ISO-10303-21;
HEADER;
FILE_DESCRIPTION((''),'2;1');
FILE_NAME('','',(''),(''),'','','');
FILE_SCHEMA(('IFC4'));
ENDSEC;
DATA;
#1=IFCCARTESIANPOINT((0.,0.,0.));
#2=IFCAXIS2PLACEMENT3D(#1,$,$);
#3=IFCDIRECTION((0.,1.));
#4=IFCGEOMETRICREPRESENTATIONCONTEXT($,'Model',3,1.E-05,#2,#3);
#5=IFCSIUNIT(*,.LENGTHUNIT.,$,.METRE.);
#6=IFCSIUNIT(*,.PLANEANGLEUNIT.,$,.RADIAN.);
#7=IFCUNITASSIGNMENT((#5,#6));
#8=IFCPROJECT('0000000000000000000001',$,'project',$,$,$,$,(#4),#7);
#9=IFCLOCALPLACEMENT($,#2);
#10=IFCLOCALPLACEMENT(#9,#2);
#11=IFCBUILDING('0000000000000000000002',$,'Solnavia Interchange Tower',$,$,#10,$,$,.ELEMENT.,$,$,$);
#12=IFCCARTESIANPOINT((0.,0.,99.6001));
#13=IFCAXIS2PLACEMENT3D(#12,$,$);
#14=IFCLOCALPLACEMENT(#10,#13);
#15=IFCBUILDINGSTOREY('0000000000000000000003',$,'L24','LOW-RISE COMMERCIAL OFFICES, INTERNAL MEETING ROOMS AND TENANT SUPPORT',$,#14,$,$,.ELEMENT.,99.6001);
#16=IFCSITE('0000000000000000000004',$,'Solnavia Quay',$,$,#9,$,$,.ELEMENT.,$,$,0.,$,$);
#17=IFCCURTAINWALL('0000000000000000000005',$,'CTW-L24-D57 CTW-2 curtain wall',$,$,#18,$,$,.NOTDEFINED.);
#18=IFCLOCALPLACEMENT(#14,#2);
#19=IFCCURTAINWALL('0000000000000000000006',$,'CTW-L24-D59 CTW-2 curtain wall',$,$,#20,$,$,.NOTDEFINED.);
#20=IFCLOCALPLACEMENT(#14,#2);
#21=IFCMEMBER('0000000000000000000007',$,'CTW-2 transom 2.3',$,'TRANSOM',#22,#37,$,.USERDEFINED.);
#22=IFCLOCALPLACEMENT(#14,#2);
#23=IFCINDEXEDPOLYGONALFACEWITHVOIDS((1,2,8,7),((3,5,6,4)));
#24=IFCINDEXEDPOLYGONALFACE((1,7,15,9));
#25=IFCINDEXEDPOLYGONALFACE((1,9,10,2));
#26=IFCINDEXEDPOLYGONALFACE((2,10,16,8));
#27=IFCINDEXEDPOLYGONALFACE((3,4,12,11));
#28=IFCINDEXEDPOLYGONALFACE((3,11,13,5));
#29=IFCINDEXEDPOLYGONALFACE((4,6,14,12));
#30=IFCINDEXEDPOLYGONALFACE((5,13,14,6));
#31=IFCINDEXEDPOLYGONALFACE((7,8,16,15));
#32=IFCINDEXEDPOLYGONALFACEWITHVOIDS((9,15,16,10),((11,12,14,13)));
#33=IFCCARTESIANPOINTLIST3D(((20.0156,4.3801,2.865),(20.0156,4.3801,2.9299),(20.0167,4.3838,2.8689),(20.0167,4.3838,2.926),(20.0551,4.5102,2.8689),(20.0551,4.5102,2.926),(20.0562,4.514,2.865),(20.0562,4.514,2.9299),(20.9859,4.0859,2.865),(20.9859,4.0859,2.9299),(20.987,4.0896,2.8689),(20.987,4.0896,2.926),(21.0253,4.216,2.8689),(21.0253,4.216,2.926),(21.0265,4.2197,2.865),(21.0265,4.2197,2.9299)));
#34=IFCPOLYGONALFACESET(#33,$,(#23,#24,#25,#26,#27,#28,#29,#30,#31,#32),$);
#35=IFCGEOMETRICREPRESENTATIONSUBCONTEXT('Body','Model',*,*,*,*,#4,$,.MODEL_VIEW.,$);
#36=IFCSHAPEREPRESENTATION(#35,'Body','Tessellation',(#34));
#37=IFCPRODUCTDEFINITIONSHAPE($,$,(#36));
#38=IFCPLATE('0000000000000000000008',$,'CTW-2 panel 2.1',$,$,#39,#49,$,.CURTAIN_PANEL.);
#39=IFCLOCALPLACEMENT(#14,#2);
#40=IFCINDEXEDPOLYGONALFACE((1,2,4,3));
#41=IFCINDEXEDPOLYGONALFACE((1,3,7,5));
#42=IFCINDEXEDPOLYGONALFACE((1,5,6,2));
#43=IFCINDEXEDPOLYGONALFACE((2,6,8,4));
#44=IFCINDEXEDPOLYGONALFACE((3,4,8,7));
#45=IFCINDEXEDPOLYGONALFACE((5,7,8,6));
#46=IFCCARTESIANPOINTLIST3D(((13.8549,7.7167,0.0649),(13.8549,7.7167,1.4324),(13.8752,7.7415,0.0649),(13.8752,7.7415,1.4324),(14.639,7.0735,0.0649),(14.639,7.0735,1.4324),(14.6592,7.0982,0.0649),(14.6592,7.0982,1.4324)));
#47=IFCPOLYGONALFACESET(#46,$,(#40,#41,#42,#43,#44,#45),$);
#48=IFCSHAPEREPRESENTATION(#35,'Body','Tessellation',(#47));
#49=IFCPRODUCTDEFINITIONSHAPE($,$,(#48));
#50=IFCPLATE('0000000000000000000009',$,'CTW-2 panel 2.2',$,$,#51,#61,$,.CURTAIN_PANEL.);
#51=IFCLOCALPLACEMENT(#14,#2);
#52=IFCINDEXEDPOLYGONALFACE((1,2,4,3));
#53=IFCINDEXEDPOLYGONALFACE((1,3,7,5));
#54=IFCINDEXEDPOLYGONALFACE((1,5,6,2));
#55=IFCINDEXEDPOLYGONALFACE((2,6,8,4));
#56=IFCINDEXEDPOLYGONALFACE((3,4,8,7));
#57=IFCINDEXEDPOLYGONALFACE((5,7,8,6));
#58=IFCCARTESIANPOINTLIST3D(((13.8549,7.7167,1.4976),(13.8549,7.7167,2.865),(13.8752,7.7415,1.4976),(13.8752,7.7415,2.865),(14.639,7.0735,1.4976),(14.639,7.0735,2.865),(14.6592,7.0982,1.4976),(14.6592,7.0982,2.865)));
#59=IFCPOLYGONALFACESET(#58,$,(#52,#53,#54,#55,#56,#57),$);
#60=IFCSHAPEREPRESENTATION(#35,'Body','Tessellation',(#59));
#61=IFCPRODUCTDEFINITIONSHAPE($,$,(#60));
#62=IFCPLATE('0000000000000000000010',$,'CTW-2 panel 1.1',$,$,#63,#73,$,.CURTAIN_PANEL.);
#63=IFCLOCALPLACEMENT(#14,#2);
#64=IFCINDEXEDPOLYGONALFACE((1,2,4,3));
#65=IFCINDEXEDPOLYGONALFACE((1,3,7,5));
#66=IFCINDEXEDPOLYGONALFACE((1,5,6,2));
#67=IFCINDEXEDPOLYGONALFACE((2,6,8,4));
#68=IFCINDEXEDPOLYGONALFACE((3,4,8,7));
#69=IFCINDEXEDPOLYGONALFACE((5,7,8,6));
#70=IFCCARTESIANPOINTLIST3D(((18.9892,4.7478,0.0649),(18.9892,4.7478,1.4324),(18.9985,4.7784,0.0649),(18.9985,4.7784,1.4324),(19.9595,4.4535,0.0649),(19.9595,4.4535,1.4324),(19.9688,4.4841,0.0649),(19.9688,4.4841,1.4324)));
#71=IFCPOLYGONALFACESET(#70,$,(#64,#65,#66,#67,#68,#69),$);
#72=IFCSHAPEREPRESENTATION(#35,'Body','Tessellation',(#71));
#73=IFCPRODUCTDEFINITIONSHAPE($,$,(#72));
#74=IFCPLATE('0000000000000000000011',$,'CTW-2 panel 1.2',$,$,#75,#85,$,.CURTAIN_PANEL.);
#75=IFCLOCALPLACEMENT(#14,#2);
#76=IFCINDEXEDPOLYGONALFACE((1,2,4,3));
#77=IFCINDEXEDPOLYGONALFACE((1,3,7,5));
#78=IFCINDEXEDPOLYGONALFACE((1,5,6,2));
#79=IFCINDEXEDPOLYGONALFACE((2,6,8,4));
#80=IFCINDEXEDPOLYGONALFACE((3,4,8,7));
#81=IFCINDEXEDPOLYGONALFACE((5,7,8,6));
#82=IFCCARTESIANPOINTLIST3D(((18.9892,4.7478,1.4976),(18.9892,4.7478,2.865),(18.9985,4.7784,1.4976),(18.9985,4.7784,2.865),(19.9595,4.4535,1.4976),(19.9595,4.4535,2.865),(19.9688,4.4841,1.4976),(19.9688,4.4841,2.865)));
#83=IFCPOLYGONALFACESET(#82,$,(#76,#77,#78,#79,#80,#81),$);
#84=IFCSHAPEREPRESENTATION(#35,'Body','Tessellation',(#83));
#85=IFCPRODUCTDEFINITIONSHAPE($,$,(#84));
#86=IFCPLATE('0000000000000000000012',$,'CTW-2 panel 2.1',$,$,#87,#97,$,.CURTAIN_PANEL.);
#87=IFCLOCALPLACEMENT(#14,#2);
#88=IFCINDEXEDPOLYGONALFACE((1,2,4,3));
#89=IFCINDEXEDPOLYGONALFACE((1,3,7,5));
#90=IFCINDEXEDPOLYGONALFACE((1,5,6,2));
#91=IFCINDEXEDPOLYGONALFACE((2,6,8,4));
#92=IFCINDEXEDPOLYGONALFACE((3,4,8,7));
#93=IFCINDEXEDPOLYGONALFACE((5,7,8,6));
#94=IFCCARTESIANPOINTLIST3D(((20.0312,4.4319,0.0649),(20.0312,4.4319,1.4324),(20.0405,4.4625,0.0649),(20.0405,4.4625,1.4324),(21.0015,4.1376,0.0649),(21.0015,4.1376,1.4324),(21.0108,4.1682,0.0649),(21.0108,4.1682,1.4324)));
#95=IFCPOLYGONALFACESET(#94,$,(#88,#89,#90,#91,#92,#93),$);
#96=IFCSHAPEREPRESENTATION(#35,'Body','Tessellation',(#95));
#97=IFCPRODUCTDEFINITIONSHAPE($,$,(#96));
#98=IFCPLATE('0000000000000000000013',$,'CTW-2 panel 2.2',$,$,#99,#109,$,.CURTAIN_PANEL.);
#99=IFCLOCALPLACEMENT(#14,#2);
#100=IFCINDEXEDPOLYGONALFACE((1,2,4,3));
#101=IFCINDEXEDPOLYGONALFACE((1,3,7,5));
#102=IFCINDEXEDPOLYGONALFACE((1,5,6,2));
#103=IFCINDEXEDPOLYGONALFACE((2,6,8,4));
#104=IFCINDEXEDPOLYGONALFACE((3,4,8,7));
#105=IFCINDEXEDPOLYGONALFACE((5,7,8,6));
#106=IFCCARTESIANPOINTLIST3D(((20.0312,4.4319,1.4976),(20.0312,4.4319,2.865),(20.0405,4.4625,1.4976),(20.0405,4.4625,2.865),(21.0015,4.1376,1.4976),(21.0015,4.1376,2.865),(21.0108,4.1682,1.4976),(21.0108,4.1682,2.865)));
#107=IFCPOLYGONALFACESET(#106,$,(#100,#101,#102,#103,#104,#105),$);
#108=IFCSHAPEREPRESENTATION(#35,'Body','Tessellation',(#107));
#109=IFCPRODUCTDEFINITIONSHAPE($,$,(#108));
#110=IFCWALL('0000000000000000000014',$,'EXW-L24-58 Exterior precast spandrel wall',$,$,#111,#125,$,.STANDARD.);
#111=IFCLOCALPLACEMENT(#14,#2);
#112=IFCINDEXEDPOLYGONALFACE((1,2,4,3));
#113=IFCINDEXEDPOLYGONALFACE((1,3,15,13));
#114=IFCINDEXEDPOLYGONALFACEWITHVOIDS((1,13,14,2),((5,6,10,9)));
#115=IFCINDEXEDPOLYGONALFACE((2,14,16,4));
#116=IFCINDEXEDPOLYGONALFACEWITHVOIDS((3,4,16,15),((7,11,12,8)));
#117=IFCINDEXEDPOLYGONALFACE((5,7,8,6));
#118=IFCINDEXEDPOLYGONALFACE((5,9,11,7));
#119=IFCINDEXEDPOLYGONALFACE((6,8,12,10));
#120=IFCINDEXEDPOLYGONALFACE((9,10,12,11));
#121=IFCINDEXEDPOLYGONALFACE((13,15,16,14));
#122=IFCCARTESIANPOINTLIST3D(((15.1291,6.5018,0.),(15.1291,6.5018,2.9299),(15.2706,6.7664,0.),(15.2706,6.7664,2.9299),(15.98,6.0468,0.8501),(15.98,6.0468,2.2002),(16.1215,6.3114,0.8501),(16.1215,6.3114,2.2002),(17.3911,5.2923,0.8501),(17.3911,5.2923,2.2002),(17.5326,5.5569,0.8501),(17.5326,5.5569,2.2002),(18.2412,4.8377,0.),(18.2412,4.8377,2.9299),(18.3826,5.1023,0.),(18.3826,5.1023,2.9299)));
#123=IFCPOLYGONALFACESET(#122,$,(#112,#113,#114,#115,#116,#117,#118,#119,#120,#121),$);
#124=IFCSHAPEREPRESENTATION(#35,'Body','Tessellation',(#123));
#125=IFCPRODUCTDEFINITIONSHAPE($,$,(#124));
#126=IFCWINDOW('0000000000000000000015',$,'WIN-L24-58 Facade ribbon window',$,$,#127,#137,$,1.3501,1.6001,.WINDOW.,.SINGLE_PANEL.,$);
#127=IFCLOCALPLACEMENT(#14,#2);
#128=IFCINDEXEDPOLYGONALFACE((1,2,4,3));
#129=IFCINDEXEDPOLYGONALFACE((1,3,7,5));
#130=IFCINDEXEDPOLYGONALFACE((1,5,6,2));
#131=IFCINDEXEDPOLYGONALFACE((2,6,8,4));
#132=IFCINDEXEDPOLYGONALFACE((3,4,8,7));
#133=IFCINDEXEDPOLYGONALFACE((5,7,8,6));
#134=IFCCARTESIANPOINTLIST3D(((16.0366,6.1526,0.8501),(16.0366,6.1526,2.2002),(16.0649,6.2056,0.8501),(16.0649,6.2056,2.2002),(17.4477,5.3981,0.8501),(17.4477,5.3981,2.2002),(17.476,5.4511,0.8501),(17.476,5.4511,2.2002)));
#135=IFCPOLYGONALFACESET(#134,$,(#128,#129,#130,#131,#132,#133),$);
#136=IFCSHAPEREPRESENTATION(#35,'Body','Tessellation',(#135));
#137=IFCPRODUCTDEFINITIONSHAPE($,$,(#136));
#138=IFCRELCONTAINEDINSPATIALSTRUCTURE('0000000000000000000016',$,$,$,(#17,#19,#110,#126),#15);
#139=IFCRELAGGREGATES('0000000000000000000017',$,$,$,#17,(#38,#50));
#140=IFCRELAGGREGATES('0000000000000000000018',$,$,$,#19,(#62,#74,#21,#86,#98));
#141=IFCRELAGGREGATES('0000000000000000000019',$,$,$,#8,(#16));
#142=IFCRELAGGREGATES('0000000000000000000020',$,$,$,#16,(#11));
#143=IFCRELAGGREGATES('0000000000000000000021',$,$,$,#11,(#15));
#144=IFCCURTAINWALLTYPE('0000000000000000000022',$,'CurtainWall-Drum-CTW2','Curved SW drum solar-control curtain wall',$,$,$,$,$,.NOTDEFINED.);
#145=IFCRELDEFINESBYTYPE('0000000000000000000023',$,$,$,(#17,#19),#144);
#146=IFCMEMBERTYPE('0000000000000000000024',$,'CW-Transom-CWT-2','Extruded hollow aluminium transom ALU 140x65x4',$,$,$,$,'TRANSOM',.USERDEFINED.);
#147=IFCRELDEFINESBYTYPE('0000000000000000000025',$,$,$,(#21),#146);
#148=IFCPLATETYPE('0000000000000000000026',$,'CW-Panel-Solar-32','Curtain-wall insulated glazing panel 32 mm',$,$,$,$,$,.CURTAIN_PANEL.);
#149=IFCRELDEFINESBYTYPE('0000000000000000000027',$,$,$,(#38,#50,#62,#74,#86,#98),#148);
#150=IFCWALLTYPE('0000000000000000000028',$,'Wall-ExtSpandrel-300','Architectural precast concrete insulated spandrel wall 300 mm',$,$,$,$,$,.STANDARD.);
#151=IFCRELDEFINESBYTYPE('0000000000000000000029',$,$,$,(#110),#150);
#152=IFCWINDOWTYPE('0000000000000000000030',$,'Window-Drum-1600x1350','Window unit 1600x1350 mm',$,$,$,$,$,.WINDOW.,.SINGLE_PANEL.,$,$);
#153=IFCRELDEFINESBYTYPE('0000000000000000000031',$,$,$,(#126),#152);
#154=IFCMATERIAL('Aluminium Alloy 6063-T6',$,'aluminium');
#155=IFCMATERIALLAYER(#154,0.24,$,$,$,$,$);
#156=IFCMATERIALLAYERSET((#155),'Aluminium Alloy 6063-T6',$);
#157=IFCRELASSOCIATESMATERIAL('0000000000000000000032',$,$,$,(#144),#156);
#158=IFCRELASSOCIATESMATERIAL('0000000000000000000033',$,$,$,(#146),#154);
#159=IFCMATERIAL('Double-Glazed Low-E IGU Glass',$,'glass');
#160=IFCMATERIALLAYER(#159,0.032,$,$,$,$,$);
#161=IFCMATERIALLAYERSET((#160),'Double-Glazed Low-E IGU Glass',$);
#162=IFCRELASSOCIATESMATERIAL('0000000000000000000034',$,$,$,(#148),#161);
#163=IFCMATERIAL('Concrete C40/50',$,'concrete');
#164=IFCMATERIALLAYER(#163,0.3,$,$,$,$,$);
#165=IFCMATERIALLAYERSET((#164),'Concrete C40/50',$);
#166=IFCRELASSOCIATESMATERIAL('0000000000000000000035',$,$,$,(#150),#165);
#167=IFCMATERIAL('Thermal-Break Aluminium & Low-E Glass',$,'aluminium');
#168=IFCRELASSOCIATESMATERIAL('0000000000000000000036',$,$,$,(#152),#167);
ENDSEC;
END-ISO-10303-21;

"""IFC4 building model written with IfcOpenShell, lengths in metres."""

from ifc_helpers import new_model, si_unit, direction, frame, frame_2d, origin, origin_2d, place, context, subcontext, project, spatial, rectangle, hollow_rectangle, extrude, material, layer, layer_set, material_profile, profile_set, type_object, element, fill, aggregate, save


model = new_model("IFC4")

# Units and contexts
model_context = context("Model", 3, precision=1e-05, world=origin(), true_north=direction((0.0, 1.0)))
body_context = subcontext(model_context, "Body", "Model", "MODEL_VIEW")
ifc_project = project(units=[si_unit("LENGTHUNIT", "METRE"), si_unit("PLANEANGLEUNIT", "RADIAN")], contexts=[model_context])

# Site, building, storey
site_placement = place(None, origin())
site = spatial("IfcSite", under=ifc_project, at=site_placement, Name="Solnavia Quay", CompositionType="ELEMENT", RefElevation=0.0)
building_placement = place(site_placement, origin())
building = spatial("IfcBuilding", under=site, at=building_placement, Name="Solnavia Interchange Tower", CompositionType="ELEMENT")
storey_placement = place(building_placement, frame((0.0, 0.0, 99.6001)))
storey = spatial("IfcBuildingStorey", under=building, at=storey_placement, Name="L24", Description="LOW-RISE COMMERCIAL OFFICES, INTERNAL MEETING ROOMS AND TENANT SUPPORT", CompositionType="ELEMENT", Elevation=99.6001)

# Curtain wall
ifc_material_1 = material(Name="Aluminium Alloy 6063-T6", Category="aluminium")
ifc_layer_1 = layer(ifc_material_1, 0.24)
ifc_layer_set_1 = layer_set([ifc_layer_1], Name="Aluminium Alloy 6063-T6")
curtain_wall_type = type_object("IfcCurtainWallType", Name="CurtainWall-Drum-CTW2", Description="Curved SW drum solar-control curtain wall", PredefinedType="NOTDEFINED", material=ifc_layer_set_1)
curtain_wall_1_placement = place(storey_placement, origin())
curtain_wall_1 = element("IfcCurtainWall", 1, at=curtain_wall_1_placement, inside=storey, type_object=curtain_wall_type, Name="CTW-L24-D57 CTW-2 curtain wall", PredefinedType="NOTDEFINED")

# Curtain wall, member
curtain_wall_2_placement = place(storey_placement, origin())
curtain_wall_2 = element("IfcCurtainWall", 2, at=curtain_wall_2_placement, inside=storey, type_object=curtain_wall_type, Name="CTW-L24-D59 CTW-2 curtain wall", PredefinedType="NOTDEFINED")
ifc_material_profile_1 = material_profile(ifc_material_1, hollow_rectangle(XDim=0.0649, YDim=0.1399, WallThickness=0.0039, at=origin_2d()), Name="ALU 140x65x4")
ifc_profile_set_1 = profile_set([ifc_material_profile_1], Name="Aluminium Alloy 6063-T6")
member_type_1 = type_object("IfcMemberType", Name="CW-Transom-CWT-2", Description="Extruded hollow aluminium transom ALU 140x65x4", ElementType="TRANSOM", PredefinedType="USERDEFINED", material=ifc_profile_set_1)
member_1_placement = place(storey_placement, frame((20.0359, 4.447, 2.8975), z_axis=(0.956974, -0.290174, 0.0), x_axis=(0.0, 0.0, 1.0)))
member_1 = element("IfcMember", 3, at=member_1_placement, type_object=member_type_1, Name="CTW-2 transom 2.3", ObjectType="TRANSOM", PredefinedType="USERDEFINED", context=body_context, shape_type="SweptSolid", body=[
    extrude(hollow_rectangle(XDim=0.0649, YDim=0.1399, WallThickness=0.0039, at=origin_2d()), origin(), (0.0, 0.0, 1.0), 1.0139),
])

# Plates
ifc_material_2 = material(Name="Double-Glazed Low-E IGU Glass", Category="glass")
ifc_layer_2 = layer(ifc_material_2, 0.032)
ifc_layer_set_2 = layer_set([ifc_layer_2], Name="Double-Glazed Low-E IGU Glass")
plate_type = type_object("IfcPlateType", Name="CW-Panel-Solar-32", Description="Curtain-wall insulated glazing panel 32 mm", PredefinedType="CURTAIN_PANEL", material=ifc_layer_set_2)
plate_1_placement = place(storey_placement, frame((14.2571, 7.4075, 0.0649), z_axis=(0.0, 0.0, 1.0), x_axis=(0.773095, -0.634291, 0.0)))
plate_1 = element("IfcPlate", 4, at=plate_1_placement, type_object=plate_type, Name="CTW-2 panel 2.1", PredefinedType="CURTAIN_PANEL", context=body_context, shape_type="SweptSolid", body=[
    extrude(rectangle(XDim=1.0142, YDim=0.032, at=origin_2d()), origin(), (0.0, 0.0, 1.0), 1.3674),
])
plate_2_placement = place(storey_placement, frame((14.2571, 7.4075, 1.4976), z_axis=(0.0, 0.0, 1.0), x_axis=(0.773095, -0.634291, 0.0)))
plate_2 = element("IfcPlate", 5, at=plate_2_placement, type_object=plate_type, Name="CTW-2 panel 2.2", PredefinedType="CURTAIN_PANEL", context=body_context, shape_type="SweptSolid", body=[
    extrude(rectangle(XDim=1.0142, YDim=0.032, at=origin_2d()), origin(), (0.0, 0.0, 1.0), 1.3674),
])
aggregate(curtain_wall_1, [plate_1, plate_2])
plate_3_placement = place(storey_placement, frame((19.479, 4.616, 0.0649), z_axis=(0.0, 0.0, 1.0), x_axis=(0.956935, -0.290303, 0.0)))
plate_3 = element("IfcPlate", 6, at=plate_3_placement, type_object=plate_type, Name="CTW-2 panel 1.1", PredefinedType="CURTAIN_PANEL", context=body_context, shape_type="SweptSolid", body=[
    extrude(rectangle(XDim=1.0139, YDim=0.032, at=origin_2d()), origin(), (0.0, 0.0, 1.0), 1.3674),
])
plate_4_placement = place(storey_placement, frame((19.479, 4.616, 1.4976), z_axis=(0.0, 0.0, 1.0), x_axis=(0.956935, -0.290303, 0.0)))
plate_4 = element("IfcPlate", 7, at=plate_4_placement, type_object=plate_type, Name="CTW-2 panel 1.2", PredefinedType="CURTAIN_PANEL", context=body_context, shape_type="SweptSolid", body=[
    extrude(rectangle(XDim=1.0139, YDim=0.032, at=origin_2d()), origin(), (0.0, 0.0, 1.0), 1.3674),
])
plate_5_placement = place(storey_placement, frame((20.521, 4.3, 0.0649), z_axis=(0.0, 0.0, 1.0), x_axis=(0.956935, -0.290303, 0.0)))
plate_5 = element("IfcPlate", 8, at=plate_5_placement, type_object=plate_type, Name="CTW-2 panel 2.1", PredefinedType="CURTAIN_PANEL", context=body_context, shape_type="SweptSolid", body=[
    extrude(rectangle(XDim=1.0139, YDim=0.032, at=origin_2d()), origin(), (0.0, 0.0, 1.0), 1.3674),
])
plate_6_placement = place(storey_placement, frame((20.521, 4.3, 1.4976), z_axis=(0.0, 0.0, 1.0), x_axis=(0.956935, -0.290303, 0.0)))
plate_6 = element("IfcPlate", 9, at=plate_6_placement, type_object=plate_type, Name="CTW-2 panel 2.2", PredefinedType="CURTAIN_PANEL", context=body_context, shape_type="SweptSolid", body=[
    extrude(rectangle(XDim=1.0139, YDim=0.032, at=origin_2d()), origin(), (0.0, 0.0, 1.0), 1.3674),
])
aggregate(curtain_wall_2, [plate_3, plate_4, member_1, plate_5, plate_6])

# Wall, opening, window
ifc_material_3 = material(Name="Concrete C40/50", Category="concrete")
ifc_layer_3 = layer(ifc_material_3, 0.3)
ifc_layer_set_3 = layer_set([ifc_layer_3], Name="Concrete C40/50")
wall_type = type_object("IfcWallType", Name="Wall-ExtSpandrel-300", Description="Architectural precast concrete insulated spandrel wall 300 mm", PredefinedType="STANDARD", material=ifc_layer_set_3)
wall_placement = place(storey_placement, frame((18.312, 4.97, 0.0), z_axis=(0.0, 0.0, 1.0), x_axis=(-0.881847, 0.471536, 0.0)))
wall = element("IfcWall", 10, at=wall_placement, inside=storey, type_object=wall_type, Name="EXW-L24-58 Exterior precast spandrel wall", PredefinedType="STANDARD", context=body_context, shape_type="SweptSolid", body=[
    extrude(rectangle(XDim=3.5291, YDim=0.3, at=frame_2d((1.7646, 0.0))), origin(), (0.0, 0.0, 1.0), 2.9299),
])
opening_placement = place(wall_placement, frame((0.9641, 0.0, 0.8501)))
opening = element("IfcOpeningElement", 11, at=opening_placement, cuts=wall, PredefinedType="OPENING", context=body_context, shape_type="SweptSolid", body=[
    extrude(rectangle(XDim=1.6001, YDim=1.3501, at=frame_2d((0.8, 0.675))), frame((0.0, 0.1602, 0.0), z_axis=(0.0, -1.0, 0.0), x_axis=(1.0, 0.0, 0.0)), (0.0, 0.0, 1.0), 0.3201),
])
ifc_material_4 = material(Name="Thermal-Break Aluminium & Low-E Glass", Category="aluminium")
window_type = type_object("IfcWindowType", Name="Window-Drum-1600x1350", Description="Window unit 1600x1350 mm", PartitioningType="SINGLE_PANEL", PredefinedType="WINDOW", material=ifc_material_4)
window_placement = place(opening_placement, origin())
window = element("IfcWindow", 12, at=window_placement, inside=storey, type_object=window_type, Name="WIN-L24-58 Facade ribbon window", OverallHeight=1.3501, OverallWidth=1.6001, PartitioningType="SINGLE_PANEL", PredefinedType="WINDOW", context=body_context, shape_type="SweptSolid", body=[
    extrude(rectangle(XDim=1.6001, YDim=1.3501, at=frame_2d((0.8, 0.675))), frame((0.0, 0.03, 0.0), z_axis=(0.0, -1.0, 0.0), x_axis=(1.0, 0.0, 0.0)), (0.0, 0.0, 1.0), 0.0601),
])
fill(opening, window)

save(model, "model.ifc")
